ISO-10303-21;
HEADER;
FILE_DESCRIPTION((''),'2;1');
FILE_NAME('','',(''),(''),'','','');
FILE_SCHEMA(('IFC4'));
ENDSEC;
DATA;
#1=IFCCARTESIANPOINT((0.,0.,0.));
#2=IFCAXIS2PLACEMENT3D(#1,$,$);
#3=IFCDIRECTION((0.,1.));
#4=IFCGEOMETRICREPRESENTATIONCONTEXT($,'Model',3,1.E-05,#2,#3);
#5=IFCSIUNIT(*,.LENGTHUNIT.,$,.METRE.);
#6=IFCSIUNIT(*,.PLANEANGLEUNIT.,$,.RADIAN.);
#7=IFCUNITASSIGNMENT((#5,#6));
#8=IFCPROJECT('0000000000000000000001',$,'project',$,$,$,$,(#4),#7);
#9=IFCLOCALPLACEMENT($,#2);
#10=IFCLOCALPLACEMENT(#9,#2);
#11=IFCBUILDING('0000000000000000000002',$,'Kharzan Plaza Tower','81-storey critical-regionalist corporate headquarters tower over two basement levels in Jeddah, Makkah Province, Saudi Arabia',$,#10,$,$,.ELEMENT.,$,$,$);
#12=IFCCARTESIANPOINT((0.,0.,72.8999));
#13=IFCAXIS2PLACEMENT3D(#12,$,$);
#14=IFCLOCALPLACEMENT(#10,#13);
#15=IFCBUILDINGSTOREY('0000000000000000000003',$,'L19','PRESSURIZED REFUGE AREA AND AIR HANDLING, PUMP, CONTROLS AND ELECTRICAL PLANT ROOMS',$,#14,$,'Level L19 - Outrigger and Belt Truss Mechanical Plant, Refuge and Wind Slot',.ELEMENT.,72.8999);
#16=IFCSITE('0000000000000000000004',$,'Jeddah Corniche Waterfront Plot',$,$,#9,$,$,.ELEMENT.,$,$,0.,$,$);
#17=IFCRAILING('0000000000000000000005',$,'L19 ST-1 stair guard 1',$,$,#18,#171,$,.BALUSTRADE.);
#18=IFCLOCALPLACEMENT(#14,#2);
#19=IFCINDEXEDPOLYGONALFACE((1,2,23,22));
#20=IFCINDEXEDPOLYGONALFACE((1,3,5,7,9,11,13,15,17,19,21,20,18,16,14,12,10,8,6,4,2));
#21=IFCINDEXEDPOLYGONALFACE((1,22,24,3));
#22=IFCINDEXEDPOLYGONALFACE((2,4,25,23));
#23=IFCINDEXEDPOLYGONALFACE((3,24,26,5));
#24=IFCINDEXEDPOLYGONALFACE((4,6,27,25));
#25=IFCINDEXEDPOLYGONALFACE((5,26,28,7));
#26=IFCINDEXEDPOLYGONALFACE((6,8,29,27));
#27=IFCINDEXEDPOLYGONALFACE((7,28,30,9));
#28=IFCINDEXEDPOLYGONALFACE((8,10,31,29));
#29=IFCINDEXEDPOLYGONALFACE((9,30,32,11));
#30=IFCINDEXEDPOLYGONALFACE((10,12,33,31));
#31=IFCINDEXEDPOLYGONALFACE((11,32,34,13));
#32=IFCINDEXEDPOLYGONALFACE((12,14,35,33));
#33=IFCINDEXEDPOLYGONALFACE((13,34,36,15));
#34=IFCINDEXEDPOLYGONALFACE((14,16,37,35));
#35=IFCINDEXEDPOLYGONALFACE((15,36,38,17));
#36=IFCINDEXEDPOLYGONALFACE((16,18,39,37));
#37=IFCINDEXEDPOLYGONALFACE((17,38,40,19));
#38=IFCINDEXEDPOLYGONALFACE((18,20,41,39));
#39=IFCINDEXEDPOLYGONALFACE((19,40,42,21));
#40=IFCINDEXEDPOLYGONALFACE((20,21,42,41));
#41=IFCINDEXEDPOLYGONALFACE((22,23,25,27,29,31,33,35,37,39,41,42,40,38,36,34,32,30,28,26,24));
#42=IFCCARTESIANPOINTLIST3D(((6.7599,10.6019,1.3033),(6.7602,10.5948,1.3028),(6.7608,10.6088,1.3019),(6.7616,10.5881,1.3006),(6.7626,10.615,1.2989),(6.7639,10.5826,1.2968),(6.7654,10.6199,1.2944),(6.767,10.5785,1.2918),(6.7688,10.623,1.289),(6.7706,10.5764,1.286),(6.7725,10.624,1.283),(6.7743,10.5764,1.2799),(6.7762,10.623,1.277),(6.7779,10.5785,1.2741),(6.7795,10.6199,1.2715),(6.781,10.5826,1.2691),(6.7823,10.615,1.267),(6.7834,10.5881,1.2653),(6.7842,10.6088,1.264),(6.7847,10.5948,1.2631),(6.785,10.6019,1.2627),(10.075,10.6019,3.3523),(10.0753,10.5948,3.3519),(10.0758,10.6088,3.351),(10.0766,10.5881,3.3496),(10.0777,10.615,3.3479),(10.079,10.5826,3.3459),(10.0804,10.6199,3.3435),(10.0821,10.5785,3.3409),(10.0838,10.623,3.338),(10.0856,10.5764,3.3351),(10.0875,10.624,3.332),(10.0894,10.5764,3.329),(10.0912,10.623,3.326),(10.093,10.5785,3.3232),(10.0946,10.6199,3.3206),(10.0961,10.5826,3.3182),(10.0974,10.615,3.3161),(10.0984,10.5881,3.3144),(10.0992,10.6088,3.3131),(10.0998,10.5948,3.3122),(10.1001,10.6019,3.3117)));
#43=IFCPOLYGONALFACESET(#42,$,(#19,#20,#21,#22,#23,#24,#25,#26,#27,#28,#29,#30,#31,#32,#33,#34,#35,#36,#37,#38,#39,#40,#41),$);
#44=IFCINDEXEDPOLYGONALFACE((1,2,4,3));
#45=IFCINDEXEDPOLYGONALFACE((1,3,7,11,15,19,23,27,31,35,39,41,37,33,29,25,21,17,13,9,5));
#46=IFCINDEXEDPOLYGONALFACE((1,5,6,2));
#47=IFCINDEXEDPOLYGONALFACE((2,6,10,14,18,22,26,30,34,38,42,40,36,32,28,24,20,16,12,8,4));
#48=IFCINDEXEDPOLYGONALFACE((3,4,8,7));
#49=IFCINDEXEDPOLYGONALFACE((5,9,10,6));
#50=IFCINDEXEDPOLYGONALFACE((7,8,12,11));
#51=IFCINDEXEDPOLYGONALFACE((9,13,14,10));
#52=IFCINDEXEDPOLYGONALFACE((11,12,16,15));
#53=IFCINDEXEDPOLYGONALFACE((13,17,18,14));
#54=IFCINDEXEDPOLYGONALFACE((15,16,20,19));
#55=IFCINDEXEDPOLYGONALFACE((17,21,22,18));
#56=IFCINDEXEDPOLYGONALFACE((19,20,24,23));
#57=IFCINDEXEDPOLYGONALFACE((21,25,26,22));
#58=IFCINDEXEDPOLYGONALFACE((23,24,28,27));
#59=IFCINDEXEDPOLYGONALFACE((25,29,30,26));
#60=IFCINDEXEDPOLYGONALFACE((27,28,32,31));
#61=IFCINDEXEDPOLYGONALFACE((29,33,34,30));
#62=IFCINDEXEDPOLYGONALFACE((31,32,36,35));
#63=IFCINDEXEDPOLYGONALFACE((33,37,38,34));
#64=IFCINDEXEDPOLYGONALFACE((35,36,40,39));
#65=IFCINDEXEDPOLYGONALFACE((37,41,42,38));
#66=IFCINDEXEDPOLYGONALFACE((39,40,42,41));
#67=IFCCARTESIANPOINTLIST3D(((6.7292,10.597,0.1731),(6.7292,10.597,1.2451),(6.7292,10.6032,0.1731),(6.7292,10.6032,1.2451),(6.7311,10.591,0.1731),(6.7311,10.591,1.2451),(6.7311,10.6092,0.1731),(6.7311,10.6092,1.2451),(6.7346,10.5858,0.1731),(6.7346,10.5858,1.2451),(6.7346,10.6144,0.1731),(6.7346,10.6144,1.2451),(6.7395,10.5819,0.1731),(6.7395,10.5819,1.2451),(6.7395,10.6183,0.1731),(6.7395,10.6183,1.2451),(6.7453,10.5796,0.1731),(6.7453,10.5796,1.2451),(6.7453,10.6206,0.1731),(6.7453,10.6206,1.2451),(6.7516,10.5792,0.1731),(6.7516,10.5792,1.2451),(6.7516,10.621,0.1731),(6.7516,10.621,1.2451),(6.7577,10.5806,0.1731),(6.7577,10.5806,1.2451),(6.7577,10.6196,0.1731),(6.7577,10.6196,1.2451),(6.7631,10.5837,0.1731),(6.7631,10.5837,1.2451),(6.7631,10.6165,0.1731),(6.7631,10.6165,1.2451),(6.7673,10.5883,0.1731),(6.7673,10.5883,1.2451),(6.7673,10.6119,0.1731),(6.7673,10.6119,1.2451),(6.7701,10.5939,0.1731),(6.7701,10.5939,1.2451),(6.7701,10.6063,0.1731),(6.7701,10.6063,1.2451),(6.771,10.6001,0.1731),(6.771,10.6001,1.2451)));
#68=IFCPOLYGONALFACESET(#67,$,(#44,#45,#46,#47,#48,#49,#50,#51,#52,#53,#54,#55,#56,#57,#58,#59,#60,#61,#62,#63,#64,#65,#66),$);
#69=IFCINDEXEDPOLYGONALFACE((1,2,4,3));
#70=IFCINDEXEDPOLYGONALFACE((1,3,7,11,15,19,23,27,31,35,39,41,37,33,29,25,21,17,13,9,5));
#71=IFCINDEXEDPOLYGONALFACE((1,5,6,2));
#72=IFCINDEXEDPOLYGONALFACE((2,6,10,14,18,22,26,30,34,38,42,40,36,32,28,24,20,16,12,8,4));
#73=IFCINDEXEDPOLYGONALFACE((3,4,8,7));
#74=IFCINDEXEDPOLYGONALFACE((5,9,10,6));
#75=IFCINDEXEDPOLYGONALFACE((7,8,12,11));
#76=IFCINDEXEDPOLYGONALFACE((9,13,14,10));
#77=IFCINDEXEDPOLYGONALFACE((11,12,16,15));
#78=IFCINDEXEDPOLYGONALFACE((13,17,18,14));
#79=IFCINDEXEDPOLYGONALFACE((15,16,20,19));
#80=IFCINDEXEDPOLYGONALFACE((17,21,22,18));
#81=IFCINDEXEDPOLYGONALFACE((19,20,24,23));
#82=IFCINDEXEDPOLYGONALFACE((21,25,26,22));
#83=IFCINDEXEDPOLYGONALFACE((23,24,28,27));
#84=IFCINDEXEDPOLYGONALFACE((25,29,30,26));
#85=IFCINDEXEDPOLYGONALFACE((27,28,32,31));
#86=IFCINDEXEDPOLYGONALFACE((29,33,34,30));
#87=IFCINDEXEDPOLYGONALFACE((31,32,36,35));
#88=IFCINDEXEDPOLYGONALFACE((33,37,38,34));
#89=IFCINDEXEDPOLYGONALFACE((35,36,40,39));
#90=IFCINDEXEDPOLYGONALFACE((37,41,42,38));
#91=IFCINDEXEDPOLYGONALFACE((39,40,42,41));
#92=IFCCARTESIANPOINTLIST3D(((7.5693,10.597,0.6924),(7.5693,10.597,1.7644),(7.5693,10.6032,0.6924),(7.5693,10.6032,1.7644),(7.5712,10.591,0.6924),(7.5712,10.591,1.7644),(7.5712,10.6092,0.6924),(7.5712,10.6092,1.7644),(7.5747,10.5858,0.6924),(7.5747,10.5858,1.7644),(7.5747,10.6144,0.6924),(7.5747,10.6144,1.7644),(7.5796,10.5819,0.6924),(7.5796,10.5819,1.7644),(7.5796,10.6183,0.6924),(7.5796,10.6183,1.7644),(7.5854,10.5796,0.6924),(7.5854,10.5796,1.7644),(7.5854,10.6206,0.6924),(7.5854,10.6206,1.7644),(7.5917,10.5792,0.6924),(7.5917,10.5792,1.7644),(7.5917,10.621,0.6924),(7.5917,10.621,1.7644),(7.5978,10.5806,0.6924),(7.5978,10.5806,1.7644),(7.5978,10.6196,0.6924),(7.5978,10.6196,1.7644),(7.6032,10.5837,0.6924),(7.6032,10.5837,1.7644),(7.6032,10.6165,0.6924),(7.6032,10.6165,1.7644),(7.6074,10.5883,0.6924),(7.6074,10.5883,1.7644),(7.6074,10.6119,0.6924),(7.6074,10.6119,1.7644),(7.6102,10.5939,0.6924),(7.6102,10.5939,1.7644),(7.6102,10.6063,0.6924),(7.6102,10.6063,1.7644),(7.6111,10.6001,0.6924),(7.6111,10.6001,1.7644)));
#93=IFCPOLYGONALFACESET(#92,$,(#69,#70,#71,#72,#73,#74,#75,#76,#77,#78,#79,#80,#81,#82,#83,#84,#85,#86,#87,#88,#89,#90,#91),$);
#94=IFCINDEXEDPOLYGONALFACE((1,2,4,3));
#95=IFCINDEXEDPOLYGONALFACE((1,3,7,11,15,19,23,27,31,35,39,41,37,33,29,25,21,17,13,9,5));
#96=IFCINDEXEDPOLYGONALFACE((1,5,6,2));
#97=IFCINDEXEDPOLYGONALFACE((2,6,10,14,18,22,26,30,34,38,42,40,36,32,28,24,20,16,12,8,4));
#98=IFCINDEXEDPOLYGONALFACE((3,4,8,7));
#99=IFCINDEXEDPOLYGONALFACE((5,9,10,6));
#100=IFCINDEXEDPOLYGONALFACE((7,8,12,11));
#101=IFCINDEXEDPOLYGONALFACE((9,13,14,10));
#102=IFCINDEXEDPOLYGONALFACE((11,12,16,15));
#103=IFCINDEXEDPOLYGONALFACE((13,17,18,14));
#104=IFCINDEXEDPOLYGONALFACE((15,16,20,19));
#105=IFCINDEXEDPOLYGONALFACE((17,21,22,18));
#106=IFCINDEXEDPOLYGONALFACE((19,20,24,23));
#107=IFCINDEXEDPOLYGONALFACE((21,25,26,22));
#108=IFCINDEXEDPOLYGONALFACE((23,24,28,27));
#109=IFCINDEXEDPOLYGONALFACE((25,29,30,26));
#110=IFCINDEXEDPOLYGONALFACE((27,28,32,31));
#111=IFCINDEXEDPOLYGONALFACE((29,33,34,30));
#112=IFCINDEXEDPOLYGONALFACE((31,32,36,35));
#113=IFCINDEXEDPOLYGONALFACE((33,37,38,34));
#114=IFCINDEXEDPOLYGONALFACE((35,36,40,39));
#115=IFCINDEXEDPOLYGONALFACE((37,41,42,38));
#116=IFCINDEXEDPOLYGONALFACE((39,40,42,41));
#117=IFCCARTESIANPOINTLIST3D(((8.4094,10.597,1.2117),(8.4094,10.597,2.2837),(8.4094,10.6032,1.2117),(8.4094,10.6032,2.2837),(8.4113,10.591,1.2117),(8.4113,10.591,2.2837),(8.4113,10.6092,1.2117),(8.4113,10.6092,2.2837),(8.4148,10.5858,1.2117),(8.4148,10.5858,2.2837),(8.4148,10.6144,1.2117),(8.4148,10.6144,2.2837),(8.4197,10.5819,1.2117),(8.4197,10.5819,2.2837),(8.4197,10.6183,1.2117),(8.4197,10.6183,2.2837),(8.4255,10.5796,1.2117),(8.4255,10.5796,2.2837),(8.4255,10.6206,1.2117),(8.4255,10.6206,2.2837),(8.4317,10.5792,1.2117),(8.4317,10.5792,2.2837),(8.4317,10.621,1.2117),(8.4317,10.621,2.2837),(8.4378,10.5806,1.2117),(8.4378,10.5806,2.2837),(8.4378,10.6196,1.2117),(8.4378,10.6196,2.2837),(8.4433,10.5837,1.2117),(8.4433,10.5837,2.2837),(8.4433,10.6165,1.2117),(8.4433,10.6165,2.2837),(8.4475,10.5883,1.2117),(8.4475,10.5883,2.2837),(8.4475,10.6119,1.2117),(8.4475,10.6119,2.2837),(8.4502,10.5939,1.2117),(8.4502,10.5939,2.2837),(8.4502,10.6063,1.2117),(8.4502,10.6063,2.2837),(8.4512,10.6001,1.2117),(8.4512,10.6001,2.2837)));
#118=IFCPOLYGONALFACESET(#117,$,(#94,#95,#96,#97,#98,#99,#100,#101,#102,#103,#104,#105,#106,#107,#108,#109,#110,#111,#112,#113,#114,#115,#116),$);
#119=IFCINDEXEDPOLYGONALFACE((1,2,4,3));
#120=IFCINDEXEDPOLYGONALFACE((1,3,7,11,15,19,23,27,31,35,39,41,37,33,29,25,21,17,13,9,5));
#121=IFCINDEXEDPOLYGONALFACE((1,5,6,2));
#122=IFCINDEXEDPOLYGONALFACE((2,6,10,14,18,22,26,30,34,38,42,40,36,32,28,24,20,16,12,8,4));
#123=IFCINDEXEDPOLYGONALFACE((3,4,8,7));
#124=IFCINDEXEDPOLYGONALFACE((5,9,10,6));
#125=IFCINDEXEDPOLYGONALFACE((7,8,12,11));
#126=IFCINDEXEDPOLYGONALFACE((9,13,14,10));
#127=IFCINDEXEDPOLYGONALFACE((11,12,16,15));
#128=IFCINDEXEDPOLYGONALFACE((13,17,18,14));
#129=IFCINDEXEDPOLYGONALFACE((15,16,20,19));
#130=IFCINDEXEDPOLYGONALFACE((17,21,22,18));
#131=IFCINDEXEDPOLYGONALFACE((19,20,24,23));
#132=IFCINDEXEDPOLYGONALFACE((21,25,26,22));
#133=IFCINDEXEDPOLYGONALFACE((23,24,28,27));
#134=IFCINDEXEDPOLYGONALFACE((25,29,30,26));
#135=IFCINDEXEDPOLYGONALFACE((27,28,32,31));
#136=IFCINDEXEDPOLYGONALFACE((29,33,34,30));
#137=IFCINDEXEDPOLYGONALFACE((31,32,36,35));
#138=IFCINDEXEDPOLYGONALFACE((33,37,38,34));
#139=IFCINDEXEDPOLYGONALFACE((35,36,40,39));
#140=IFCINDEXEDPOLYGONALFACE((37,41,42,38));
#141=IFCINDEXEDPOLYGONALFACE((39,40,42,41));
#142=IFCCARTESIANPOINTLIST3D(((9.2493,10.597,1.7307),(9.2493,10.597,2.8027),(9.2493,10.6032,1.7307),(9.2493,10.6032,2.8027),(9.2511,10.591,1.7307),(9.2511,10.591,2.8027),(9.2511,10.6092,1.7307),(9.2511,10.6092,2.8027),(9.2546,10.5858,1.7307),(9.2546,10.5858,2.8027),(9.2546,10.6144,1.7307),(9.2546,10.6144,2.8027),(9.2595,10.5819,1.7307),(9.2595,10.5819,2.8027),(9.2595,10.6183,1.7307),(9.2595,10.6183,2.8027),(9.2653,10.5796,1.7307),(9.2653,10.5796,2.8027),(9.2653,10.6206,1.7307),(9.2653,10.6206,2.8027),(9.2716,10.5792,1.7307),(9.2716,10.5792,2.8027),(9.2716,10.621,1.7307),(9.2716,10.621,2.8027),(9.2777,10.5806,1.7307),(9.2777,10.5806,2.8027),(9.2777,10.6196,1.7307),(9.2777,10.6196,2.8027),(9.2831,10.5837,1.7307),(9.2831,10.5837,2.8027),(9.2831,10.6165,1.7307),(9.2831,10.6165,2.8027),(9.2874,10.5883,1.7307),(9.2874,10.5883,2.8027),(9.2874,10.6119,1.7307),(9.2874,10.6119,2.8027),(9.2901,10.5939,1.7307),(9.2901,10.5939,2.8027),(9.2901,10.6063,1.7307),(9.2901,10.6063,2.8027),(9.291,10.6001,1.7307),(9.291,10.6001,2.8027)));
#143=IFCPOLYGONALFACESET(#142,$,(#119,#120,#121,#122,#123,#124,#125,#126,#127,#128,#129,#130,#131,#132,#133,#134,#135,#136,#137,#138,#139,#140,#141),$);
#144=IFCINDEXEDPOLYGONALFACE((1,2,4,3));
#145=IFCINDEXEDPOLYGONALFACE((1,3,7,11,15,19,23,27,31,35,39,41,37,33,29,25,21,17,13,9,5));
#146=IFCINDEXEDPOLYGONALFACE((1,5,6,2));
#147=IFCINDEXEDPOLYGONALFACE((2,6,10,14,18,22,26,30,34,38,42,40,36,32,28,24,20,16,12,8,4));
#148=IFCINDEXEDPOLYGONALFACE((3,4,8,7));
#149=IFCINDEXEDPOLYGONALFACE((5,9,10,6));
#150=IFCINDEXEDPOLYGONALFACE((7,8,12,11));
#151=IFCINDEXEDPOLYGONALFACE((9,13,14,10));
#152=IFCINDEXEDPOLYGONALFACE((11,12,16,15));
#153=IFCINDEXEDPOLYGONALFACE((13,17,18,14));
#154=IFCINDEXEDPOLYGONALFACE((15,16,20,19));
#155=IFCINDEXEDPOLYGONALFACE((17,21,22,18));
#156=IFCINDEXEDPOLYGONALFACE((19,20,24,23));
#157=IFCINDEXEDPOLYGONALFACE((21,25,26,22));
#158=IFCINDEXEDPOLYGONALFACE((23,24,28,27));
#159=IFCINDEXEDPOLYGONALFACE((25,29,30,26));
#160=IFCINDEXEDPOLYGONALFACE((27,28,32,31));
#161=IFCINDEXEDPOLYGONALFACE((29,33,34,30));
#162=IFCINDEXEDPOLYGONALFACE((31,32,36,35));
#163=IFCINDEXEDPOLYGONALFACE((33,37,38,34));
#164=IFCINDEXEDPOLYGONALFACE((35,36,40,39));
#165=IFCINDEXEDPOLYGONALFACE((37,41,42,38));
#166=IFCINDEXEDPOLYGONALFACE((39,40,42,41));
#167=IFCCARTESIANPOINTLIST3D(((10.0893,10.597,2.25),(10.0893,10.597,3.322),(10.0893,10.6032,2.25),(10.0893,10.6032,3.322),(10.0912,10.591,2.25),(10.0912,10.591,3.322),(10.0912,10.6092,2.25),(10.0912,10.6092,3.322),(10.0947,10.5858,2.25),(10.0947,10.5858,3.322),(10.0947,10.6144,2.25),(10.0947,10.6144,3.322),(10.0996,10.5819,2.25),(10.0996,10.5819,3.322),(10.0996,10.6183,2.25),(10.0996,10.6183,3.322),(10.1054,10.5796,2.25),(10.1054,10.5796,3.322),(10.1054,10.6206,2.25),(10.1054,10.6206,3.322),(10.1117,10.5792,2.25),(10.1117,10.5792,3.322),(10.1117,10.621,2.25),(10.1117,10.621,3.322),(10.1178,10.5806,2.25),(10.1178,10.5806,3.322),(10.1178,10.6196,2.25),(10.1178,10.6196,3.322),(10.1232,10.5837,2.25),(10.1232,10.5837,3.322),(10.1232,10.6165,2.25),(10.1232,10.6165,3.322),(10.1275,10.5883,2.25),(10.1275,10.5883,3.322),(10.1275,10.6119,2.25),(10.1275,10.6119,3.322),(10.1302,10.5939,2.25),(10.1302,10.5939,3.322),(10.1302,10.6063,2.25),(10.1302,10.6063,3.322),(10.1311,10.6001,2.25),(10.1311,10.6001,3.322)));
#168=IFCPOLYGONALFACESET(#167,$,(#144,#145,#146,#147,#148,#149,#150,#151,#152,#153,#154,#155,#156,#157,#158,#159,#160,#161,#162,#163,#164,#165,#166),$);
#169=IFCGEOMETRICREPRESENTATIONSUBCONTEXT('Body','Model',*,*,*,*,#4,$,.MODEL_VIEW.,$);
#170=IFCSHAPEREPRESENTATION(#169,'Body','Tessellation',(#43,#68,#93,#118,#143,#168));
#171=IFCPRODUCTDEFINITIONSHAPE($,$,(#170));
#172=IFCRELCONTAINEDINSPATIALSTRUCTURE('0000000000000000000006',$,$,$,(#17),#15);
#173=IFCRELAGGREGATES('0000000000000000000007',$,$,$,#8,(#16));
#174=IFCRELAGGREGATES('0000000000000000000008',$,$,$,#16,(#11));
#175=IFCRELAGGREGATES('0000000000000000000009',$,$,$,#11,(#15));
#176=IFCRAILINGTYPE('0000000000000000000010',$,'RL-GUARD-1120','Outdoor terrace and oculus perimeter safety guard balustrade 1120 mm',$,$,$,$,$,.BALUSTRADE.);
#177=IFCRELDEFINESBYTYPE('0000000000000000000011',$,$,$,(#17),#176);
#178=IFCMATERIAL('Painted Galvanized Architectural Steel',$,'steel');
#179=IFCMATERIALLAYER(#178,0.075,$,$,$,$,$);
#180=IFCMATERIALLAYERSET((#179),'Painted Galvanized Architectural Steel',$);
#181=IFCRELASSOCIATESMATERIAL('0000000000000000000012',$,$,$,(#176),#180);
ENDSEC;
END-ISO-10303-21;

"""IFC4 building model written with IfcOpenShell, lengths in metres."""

from ifc_helpers import new_model, si_unit, direction, frame, origin, origin_2d, place, context, subcontext, project, spatial, circle, extrude, source, transform, mapped, material, layer, layer_set, type_object, element, save


model = new_model("IFC4")

# Units and contexts
model_context = context("Model", 3, precision=1e-05, world=origin(), true_north=direction((0.0, 1.0)))
body_context = subcontext(model_context, "Body", "Model", "MODEL_VIEW")
ifc_project = project(units=[si_unit("LENGTHUNIT", "METRE"), si_unit("PLANEANGLEUNIT", "RADIAN")], contexts=[model_context])

# Site, building, storey
site_placement = place(None, origin())
site = spatial("IfcSite", under=ifc_project, at=site_placement, Name="Jeddah Corniche Waterfront Plot", CompositionType="ELEMENT", RefElevation=0.0)
building_placement = place(site_placement, origin())
building = spatial("IfcBuilding", under=site, at=building_placement, Name="Kharzan Plaza Tower", Description="81-storey critical-regionalist corporate headquarters tower over two basement levels in Jeddah, Makkah Province, Saudi Arabia", CompositionType="ELEMENT")
storey_placement = place(building_placement, frame((0.0, 0.0, 72.8999)))
storey = spatial("IfcBuildingStorey", under=building, at=storey_placement, Name="L19", Description="PRESSURIZED REFUGE AREA AND AIR HANDLING, PUMP, CONTROLS AND ELECTRICAL PLANT ROOMS", LongName="Level L19 - Outrigger and Belt Truss Mechanical Plant, Refuge and Wind Slot", CompositionType="ELEMENT", Elevation=72.8999)

# Railing
ifc_material_1 = material(Name="Painted Galvanized Architectural Steel", Category="steel")
ifc_layer_1 = layer(ifc_material_1, 0.075)
ifc_layer_set_1 = layer_set([ifc_layer_1], Name="Painted Galvanized Architectural Steel")
railing_type_1 = type_object("IfcRailingType", Name="RL-GUARD-1120", Description="Outdoor terrace and oculus perimeter safety guard balustrade 1120 mm", PredefinedType="BALUSTRADE", material=ifc_layer_set_1)
shared_shape_1 = source(origin(), body_context, "Body", "SweptSolid", [
    extrude(circle(Radius=0.0239, at=origin_2d()), frame((0.0225, 0.0, 1.1099), z_axis=(0.850623, 0.0, 0.525776), x_axis=(0.0, 1.0, 0.0)), (0.0, 0.0, 1.0), 3.8972),
    extrude(circle(Radius=0.021, at=origin_2d()), origin(), (0.0, 0.0, 1.0), 1.072),
    extrude(circle(Radius=0.021, at=origin_2d()), frame((0.8401, 0.0, 0.5193)), (0.0, 0.0, 1.0), 1.072),
    extrude(circle(Radius=0.021, at=origin_2d()), frame((1.6802, 0.0, 1.0386)), (0.0, 0.0, 1.0), 1.072),
    extrude(circle(Radius=0.021, at=origin_2d()), frame((2.52, 0.0, 1.5576)), (0.0, 0.0, 1.0), 1.072),
    extrude(circle(Radius=0.021, at=origin_2d()), frame((3.3601, 0.0, 2.0769)), (0.0, 0.0, 1.0), 1.072),
])
railing_1_placement = place(storey_placement, frame((6.75, 10.6001, 0.1731)))
element("IfcRailing", 1, at=railing_1_placement, inside=storey, type_object=railing_type_1, Name="L19 ST-1 stair guard 1", PredefinedType="BALUSTRADE", context=body_context, shape_type="MappedRepresentation", body=[
    mapped(shared_shape_1, transform((0.0, 0.0, 0.0), x_axis=(1.0, 0.0, 0.0), y_axis=(0.0, 1.0, 0.0), z_axis=(0.0, 0.0, 1.0))),
])

save(model, "model.ifc")
